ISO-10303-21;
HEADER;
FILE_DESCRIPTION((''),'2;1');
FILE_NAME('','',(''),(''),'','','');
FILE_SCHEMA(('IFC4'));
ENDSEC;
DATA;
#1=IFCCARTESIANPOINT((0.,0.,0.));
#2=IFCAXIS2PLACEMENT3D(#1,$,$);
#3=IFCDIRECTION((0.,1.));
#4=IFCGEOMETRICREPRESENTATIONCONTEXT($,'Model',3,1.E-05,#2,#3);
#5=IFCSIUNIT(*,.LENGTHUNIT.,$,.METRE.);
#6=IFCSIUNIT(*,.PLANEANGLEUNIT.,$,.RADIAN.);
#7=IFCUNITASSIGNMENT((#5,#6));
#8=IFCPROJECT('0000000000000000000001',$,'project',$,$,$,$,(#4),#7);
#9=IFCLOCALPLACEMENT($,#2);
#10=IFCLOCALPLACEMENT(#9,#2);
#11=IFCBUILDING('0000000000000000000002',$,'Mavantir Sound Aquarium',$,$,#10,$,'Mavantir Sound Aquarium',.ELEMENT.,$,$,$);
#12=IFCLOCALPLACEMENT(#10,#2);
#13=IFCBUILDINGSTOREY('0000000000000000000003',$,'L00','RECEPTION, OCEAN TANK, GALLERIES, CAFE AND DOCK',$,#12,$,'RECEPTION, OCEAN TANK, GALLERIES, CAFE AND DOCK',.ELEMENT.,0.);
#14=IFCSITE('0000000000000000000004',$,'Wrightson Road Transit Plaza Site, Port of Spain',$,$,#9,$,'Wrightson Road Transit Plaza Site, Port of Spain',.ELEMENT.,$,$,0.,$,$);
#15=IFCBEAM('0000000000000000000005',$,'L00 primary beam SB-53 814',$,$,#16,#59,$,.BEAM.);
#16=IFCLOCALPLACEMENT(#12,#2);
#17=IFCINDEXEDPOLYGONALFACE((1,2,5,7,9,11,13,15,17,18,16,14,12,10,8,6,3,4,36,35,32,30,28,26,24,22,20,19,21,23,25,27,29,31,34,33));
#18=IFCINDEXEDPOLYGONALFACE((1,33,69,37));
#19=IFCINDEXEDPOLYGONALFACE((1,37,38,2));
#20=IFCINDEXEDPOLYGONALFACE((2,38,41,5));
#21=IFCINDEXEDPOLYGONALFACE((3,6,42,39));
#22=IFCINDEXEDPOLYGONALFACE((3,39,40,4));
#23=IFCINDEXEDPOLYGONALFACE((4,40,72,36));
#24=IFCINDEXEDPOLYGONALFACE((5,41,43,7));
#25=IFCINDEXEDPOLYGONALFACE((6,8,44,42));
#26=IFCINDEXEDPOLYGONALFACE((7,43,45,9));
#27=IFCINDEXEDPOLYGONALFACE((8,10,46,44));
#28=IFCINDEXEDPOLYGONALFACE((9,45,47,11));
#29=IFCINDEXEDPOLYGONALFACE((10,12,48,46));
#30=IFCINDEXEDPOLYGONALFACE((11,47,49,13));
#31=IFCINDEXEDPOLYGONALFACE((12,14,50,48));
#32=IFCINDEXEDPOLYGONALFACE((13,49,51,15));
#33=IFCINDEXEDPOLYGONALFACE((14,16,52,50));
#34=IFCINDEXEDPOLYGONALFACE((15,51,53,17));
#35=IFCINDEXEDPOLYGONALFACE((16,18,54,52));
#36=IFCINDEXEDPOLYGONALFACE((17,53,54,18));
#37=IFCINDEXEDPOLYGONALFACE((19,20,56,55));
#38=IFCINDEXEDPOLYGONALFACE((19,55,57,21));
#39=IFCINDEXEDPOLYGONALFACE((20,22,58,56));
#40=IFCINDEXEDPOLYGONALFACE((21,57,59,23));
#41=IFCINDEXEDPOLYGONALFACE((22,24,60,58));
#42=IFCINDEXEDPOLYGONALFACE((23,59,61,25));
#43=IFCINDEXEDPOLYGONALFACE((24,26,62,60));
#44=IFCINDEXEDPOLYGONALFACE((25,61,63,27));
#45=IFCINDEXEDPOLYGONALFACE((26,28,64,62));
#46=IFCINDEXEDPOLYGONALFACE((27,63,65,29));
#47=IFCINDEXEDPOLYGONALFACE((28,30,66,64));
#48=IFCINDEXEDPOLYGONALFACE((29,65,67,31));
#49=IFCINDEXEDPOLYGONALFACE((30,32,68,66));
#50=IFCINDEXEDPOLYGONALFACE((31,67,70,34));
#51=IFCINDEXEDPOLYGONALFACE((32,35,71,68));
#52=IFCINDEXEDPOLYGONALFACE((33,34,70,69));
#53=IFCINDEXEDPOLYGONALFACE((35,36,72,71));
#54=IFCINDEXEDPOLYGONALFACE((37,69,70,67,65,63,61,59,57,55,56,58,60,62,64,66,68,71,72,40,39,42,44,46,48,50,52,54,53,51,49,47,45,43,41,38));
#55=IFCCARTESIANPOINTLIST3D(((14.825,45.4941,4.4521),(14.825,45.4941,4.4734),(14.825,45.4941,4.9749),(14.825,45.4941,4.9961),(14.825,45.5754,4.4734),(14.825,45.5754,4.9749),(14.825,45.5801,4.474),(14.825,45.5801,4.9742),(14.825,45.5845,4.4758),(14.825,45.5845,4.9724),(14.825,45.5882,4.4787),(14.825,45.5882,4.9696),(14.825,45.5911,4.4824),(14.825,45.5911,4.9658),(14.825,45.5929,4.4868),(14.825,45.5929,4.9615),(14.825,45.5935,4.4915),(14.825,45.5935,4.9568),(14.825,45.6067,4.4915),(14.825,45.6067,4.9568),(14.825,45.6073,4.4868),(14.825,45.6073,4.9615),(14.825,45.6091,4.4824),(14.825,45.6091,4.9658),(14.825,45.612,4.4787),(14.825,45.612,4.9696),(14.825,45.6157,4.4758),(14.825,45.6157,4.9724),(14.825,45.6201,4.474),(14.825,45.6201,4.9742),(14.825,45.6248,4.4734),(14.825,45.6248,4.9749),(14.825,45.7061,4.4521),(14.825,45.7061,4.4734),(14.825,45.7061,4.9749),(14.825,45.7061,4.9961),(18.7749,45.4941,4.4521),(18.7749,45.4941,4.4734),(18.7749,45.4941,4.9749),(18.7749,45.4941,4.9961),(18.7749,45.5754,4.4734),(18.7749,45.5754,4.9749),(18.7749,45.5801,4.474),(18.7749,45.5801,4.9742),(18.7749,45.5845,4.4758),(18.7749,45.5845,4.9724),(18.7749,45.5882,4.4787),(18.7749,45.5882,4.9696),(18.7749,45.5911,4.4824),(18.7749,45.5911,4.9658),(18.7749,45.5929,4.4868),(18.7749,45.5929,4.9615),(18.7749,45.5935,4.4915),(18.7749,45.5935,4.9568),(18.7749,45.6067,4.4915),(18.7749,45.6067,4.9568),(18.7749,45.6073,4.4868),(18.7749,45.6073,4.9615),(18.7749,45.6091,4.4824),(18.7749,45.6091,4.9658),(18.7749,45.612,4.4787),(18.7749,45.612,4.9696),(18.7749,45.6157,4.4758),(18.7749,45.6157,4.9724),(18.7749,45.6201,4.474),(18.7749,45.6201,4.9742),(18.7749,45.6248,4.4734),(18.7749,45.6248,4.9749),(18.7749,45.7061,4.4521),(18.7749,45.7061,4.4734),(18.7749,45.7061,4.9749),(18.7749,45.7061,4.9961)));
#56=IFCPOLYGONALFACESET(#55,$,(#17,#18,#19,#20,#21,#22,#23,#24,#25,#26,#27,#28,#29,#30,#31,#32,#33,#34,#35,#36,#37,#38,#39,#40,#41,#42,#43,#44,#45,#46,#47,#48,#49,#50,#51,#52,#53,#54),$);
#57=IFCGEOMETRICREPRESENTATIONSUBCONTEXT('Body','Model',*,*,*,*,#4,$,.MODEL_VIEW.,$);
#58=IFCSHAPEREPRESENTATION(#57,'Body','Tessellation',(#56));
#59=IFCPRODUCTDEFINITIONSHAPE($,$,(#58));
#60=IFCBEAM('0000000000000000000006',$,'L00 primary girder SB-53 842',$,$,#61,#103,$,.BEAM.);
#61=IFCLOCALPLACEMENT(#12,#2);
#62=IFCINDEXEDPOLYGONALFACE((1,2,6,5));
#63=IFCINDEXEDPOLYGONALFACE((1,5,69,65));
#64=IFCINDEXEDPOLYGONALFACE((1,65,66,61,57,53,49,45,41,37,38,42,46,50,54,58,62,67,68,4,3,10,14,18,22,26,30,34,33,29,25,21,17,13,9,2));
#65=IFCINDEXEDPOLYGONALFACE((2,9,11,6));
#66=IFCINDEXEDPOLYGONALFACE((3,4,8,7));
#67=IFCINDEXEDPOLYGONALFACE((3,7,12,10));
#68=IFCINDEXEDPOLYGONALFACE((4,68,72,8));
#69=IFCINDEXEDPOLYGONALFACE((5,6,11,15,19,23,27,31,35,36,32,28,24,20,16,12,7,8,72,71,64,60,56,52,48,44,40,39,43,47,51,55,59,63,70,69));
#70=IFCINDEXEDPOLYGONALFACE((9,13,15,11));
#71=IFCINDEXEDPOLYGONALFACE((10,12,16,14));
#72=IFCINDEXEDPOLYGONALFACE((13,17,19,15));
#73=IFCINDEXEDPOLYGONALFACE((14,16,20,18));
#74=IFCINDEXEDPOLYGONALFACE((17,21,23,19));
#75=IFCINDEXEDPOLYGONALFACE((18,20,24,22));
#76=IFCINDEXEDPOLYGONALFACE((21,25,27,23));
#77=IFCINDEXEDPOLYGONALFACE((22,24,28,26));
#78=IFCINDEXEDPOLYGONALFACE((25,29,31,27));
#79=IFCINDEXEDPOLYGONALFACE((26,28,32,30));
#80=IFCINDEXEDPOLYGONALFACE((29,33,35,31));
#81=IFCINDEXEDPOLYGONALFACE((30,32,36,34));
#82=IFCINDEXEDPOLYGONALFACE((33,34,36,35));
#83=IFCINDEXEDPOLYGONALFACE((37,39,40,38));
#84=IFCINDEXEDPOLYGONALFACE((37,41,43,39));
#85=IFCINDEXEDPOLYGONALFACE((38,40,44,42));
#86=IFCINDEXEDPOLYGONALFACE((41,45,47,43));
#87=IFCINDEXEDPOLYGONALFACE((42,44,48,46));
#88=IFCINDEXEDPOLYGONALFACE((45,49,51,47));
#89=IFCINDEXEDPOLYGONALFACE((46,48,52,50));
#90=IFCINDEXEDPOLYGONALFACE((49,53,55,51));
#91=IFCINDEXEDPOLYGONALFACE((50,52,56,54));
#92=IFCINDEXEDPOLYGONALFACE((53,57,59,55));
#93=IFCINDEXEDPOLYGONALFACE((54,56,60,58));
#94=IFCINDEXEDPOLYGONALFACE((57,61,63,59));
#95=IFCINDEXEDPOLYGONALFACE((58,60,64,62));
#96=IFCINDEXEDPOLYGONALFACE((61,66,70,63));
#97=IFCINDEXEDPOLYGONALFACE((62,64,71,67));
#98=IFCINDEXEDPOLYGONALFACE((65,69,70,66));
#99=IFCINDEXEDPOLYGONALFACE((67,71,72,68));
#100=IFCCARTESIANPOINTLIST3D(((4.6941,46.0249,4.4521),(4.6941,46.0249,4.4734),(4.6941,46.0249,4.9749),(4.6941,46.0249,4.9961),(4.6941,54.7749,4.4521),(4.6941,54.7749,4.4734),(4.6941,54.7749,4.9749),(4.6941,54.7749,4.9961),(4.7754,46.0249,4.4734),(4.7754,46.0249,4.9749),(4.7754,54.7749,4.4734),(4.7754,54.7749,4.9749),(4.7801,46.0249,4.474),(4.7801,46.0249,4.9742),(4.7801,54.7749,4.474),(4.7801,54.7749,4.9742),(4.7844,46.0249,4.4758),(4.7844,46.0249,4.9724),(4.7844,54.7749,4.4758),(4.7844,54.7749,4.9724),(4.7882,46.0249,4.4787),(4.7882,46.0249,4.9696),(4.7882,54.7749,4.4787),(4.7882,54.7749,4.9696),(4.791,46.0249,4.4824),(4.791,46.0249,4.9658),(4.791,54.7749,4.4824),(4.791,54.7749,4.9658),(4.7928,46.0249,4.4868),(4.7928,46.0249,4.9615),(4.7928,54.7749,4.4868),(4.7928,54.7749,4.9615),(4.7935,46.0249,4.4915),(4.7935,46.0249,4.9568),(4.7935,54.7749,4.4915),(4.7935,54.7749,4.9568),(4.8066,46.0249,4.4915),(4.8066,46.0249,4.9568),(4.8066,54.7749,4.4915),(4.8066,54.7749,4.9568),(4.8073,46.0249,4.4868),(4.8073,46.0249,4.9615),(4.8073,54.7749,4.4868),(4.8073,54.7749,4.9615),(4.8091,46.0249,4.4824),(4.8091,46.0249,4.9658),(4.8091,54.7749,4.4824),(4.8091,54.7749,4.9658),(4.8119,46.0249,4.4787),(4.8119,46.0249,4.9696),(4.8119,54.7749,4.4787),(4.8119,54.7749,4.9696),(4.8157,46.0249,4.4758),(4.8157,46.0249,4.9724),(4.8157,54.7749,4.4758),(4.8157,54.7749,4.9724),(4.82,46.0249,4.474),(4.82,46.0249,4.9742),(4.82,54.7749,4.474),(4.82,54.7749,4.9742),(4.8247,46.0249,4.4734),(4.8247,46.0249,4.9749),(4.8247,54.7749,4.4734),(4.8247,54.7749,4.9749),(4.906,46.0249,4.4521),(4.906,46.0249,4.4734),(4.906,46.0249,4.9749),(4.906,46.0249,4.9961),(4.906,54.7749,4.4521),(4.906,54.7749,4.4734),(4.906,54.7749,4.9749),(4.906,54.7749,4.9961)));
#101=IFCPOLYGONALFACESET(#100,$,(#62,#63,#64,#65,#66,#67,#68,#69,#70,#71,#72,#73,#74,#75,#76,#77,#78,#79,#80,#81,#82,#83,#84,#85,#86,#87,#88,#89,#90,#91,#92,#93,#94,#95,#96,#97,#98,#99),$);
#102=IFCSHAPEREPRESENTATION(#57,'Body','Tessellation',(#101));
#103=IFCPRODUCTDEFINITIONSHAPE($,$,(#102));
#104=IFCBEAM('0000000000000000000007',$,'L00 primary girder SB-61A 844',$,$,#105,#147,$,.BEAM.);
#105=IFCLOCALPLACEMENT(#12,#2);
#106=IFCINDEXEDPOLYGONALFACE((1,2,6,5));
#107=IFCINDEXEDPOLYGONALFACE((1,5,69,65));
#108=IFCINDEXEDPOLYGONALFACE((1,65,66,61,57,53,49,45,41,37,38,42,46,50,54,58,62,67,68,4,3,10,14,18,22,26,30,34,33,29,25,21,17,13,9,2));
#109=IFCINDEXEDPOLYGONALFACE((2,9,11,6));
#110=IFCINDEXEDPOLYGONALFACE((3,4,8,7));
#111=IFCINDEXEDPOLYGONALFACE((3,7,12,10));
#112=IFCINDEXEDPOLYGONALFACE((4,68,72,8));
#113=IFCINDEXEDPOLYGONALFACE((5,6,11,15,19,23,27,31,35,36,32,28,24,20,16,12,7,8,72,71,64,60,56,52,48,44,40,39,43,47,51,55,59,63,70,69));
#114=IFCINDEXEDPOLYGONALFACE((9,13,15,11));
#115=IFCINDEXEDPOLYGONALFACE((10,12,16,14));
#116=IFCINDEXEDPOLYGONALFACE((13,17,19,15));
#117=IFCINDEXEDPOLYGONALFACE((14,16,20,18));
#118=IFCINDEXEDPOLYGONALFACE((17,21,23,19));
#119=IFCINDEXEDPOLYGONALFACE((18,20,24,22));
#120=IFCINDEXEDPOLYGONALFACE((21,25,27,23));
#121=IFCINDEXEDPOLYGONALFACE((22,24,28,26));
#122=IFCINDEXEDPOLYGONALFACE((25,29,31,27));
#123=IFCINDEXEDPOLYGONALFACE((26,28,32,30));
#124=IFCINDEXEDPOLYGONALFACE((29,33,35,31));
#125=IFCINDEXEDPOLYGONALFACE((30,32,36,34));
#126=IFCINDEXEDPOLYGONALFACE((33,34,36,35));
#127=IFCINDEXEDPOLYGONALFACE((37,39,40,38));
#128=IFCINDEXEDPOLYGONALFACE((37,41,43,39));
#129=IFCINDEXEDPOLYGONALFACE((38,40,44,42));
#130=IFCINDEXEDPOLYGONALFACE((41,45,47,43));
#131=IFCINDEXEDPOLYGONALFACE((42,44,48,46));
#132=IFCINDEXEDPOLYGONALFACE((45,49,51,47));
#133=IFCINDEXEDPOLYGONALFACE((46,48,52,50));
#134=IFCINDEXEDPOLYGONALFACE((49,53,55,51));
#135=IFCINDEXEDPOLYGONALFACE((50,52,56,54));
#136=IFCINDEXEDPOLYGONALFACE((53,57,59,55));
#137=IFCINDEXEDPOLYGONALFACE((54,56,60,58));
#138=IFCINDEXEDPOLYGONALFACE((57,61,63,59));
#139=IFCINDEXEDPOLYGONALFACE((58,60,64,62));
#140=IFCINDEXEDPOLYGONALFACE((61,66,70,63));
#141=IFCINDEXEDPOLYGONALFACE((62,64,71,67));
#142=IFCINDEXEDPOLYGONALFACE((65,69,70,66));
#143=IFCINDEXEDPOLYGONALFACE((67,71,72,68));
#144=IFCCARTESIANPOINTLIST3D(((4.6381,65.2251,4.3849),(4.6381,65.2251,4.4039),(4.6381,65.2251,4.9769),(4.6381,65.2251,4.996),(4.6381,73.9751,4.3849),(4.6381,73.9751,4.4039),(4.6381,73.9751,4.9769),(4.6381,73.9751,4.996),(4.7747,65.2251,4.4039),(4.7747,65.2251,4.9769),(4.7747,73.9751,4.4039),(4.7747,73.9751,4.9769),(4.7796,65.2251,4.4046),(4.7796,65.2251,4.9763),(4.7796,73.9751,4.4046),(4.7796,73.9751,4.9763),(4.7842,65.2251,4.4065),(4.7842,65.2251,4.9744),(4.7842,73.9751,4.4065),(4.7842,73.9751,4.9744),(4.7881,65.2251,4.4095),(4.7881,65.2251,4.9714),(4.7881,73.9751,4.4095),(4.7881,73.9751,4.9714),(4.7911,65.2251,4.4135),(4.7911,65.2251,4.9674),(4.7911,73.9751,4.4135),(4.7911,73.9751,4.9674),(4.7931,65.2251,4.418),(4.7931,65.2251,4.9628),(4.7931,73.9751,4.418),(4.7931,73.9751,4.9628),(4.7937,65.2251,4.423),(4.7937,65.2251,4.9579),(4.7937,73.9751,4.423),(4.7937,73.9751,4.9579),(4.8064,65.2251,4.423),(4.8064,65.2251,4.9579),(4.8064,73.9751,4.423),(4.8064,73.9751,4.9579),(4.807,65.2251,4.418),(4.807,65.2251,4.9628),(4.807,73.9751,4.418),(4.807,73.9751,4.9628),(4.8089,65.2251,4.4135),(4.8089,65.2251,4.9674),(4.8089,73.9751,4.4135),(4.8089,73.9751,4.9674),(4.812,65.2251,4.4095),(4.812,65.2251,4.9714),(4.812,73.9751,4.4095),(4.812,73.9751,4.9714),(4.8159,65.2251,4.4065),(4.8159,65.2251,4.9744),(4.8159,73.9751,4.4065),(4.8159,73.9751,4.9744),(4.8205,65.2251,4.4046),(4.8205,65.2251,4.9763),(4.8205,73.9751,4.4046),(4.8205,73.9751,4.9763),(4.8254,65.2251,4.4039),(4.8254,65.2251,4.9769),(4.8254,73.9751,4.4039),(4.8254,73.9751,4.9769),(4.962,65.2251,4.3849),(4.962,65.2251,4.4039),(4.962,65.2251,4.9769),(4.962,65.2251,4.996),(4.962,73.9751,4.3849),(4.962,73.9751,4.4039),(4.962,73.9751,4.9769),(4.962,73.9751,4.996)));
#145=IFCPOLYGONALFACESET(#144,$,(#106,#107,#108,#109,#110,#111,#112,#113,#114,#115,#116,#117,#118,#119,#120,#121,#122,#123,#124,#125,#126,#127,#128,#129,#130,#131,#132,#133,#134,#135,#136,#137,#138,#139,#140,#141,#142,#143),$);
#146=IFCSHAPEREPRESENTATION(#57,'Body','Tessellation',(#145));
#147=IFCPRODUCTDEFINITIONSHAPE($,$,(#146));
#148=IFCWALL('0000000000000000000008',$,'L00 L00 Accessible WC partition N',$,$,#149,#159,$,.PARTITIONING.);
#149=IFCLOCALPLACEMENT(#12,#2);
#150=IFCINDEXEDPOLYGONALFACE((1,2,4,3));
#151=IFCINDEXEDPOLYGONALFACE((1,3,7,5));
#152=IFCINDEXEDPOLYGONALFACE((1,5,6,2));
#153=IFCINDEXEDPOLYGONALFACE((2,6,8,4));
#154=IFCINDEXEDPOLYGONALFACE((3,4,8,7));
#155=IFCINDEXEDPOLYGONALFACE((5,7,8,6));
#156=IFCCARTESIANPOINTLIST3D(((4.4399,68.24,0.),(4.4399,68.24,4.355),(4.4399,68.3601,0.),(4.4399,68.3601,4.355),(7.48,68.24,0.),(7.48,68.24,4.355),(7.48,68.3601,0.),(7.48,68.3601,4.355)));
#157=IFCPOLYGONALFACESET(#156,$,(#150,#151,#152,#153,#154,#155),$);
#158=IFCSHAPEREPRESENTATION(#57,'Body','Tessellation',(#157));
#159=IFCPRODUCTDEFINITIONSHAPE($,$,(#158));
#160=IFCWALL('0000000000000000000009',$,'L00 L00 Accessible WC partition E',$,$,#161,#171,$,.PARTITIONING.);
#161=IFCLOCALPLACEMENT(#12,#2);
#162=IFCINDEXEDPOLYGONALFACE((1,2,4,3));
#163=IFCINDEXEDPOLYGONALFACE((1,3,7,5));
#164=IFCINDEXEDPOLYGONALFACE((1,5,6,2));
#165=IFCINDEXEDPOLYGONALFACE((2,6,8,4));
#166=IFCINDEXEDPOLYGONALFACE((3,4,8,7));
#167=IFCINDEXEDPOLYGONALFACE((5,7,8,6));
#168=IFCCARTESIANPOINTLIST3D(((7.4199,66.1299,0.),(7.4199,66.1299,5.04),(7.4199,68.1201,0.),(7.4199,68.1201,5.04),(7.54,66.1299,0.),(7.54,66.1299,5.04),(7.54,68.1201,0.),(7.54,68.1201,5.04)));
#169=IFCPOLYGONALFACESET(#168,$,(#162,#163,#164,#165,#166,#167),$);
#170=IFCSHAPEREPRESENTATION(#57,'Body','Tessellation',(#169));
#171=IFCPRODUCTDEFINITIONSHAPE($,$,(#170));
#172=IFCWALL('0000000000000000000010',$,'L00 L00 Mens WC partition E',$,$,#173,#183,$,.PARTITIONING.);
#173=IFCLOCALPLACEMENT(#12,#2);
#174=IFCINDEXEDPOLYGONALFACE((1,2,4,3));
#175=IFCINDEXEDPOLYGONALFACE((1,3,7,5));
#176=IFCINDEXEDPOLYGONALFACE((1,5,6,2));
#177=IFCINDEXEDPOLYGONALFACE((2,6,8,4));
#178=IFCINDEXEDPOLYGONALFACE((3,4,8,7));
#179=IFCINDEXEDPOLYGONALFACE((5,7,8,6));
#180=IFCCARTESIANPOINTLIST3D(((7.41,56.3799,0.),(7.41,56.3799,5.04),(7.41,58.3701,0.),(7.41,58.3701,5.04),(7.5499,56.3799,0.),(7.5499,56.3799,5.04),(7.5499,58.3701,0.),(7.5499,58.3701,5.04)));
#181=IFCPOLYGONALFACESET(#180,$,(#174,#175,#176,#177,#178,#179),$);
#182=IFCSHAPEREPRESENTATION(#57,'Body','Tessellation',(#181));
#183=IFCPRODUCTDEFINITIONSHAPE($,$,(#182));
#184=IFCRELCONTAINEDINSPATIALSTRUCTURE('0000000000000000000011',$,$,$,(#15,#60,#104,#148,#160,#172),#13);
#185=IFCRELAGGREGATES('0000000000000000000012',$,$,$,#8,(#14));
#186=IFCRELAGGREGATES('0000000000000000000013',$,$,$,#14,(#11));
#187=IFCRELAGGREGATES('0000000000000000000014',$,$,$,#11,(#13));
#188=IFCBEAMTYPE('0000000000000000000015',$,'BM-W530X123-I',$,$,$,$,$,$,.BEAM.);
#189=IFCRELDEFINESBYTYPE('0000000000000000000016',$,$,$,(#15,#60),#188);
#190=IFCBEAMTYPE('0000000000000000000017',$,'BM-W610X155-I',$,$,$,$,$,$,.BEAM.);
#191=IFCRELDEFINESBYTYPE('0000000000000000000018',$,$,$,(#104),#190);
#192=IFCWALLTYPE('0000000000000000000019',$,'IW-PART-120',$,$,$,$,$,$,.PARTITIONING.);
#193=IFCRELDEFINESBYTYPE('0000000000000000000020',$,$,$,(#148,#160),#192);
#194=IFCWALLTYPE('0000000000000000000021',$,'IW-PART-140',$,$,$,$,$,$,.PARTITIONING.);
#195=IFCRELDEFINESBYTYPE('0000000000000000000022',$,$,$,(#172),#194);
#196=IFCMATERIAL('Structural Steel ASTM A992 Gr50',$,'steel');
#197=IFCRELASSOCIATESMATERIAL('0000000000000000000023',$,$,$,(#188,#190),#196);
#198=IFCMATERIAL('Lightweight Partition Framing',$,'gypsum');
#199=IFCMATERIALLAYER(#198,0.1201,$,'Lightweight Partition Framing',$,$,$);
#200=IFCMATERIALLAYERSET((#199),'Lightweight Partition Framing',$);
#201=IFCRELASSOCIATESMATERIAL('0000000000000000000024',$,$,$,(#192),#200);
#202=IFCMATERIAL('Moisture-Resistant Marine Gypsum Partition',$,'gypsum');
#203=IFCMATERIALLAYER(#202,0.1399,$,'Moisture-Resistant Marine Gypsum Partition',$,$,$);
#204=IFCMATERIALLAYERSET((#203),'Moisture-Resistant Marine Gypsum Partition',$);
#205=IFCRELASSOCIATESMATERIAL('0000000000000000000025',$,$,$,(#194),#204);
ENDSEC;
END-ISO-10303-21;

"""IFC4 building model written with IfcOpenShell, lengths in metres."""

from ifc_helpers import new_model, si_unit, direction, frame, frame_2d, origin, origin_2d, place, context, subcontext, project, spatial, rectangle, i_section, extrude, material, layer, layer_set, material_profile, profile_set, type_object, element, save


model = new_model("IFC4")

# Units and contexts
model_context = context("Model", 3, precision=1e-05, world=origin(), true_north=direction((0.0, 1.0)))
body_context = subcontext(model_context, "Body", "Model", "MODEL_VIEW")
ifc_project = project(units=[si_unit("LENGTHUNIT", "METRE"), si_unit("PLANEANGLEUNIT", "RADIAN")], contexts=[model_context])

# Site, building, storey
site_placement = place(None, origin())
site = spatial("IfcSite", under=ifc_project, at=site_placement, Name="Wrightson Road Transit Plaza Site, Port of Spain", LongName="Wrightson Road Transit Plaza Site, Port of Spain", CompositionType="ELEMENT", RefElevation=0.0)
building_placement = place(site_placement, origin())
building = spatial("IfcBuilding", under=site, at=building_placement, Name="Mavantir Sound Aquarium", LongName="Mavantir Sound Aquarium", CompositionType="ELEMENT")
storey_placement = place(building_placement, origin())
storey = spatial("IfcBuildingStorey", under=building, at=storey_placement, Name="L00", Description="RECEPTION, OCEAN TANK, GALLERIES, CAFE AND DOCK", LongName="RECEPTION, OCEAN TANK, GALLERIES, CAFE AND DOCK", CompositionType="ELEMENT", Elevation=0.0)

# Beams
ifc_material_1 = material(Name="Structural Steel ASTM A992 Gr50", Category="steel")
ifc_material_profile_1 = material_profile(ifc_material_1, i_section(OverallWidth=0.2119, OverallDepth=0.5439, WebThickness=0.0132, FlangeThickness=0.0212, FilletRadius=0.0181, at=origin_2d()), Name="W530X123")
ifc_profile_set_1 = profile_set([ifc_material_profile_1], Name="Structural Steel ASTM A992 Gr50")
beam_type_1 = type_object("IfcBeamType", Name="BM-W530X123-I", PredefinedType="BEAM", material=ifc_profile_set_1)
beam_1_placement = place(storey_placement, frame((14.825, 45.6001, 4.7241), z_axis=(1.0, 0.0, 0.0), x_axis=(0.0, 1.0, 0.0)))
element("IfcBeam", 1, at=beam_1_placement, inside=storey, type_object=beam_type_1, Name="L00 primary beam SB-53 814", PredefinedType="BEAM", context=body_context, shape_type="SweptSolid", body=[
    extrude(i_section(OverallWidth=0.2119, OverallDepth=0.5439, WebThickness=0.0132, FlangeThickness=0.0212, FilletRadius=0.0181, at=origin_2d()), origin(), (0.0, 0.0, 1.0), 3.95),
])
beam_2_placement = place(storey_placement, frame((4.8, 46.0249, 4.7241), z_axis=(0.0, 1.0, 0.0), x_axis=(-1.0, 0.0, 0.0)))
element("IfcBeam", 2, at=beam_2_placement, inside=storey, type_object=beam_type_1, Name="L00 primary girder SB-53 842", PredefinedType="BEAM", context=body_context, shape_type="SweptSolid", body=[
    extrude(i_section(OverallWidth=0.2119, OverallDepth=0.5439, WebThickness=0.0132, FlangeThickness=0.0212, FilletRadius=0.0181, at=origin_2d()), origin(), (0.0, 0.0, 1.0), 8.75),
])
ifc_material_profile_2 = material_profile(ifc_material_1, i_section(OverallWidth=0.324, OverallDepth=0.6111, WebThickness=0.0127, FlangeThickness=0.019, FilletRadius=0.019, at=origin_2d()), Name="W610X155")
ifc_profile_set_2 = profile_set([ifc_material_profile_2], Name="Structural Steel ASTM A992 Gr50")
beam_type_2 = type_object("IfcBeamType", Name="BM-W610X155-I", PredefinedType="BEAM", material=ifc_profile_set_2)
beam_3_placement = place(storey_placement, frame((4.8, 65.2251, 4.6904), z_axis=(0.0, 1.0, 0.0), x_axis=(-1.0, 0.0, 0.0)))
element("IfcBeam", 3, at=beam_3_placement, inside=storey, type_object=beam_type_2, Name="L00 primary girder SB-61A 844", PredefinedType="BEAM", context=body_context, shape_type="SweptSolid", body=[
    extrude(i_section(OverallWidth=0.324, OverallDepth=0.6111, WebThickness=0.0127, FlangeThickness=0.019, FilletRadius=0.019, at=origin_2d()), origin(), (0.0, 0.0, 1.0), 8.75),
])

# Wall
ifc_material_2 = material(Name="Lightweight Partition Framing", Category="gypsum")
ifc_layer_1 = layer(ifc_material_2, 0.1201, Name="Lightweight Partition Framing")
ifc_layer_set_1 = layer_set([ifc_layer_1], Name="Lightweight Partition Framing")
wall_type_1 = type_object("IfcWallType", Name="IW-PART-120", PredefinedType="PARTITIONING", material=ifc_layer_set_1)
wall_1_placement = place(storey_placement, frame((4.4399, 68.3, 0.0), z_axis=(0.0, 0.0, 1.0), x_axis=(1.0, 0.0, 0.0)))
element("IfcWall", 4, at=wall_1_placement, inside=storey, type_object=wall_type_1, Name="L00 L00 Accessible WC partition N", PredefinedType="PARTITIONING", context=body_context, shape_type="SweptSolid", body=[
    extrude(rectangle(XDim=3.04, YDim=0.1201, at=frame_2d((1.52, 0.0))), origin(), (0.0, 0.0, 1.0), 4.355),
])

# Walls
wall_2_placement = place(storey_placement, frame((7.48, 66.1299, 0.0), z_axis=(0.0, 0.0, 1.0), x_axis=(0.0, 1.0, 0.0)))
element("IfcWall", 5, at=wall_2_placement, inside=storey, type_object=wall_type_1, Name="L00 L00 Accessible WC partition E", PredefinedType="PARTITIONING", context=body_context, shape_type="SweptSolid", body=[
    extrude(rectangle(XDim=1.9902, YDim=0.1201, at=frame_2d((0.9951, 0.0))), origin(), (0.0, 0.0, 1.0), 5.04),
])
ifc_material_3 = material(Name="Moisture-Resistant Marine Gypsum Partition", Category="gypsum")
ifc_layer_2 = layer(ifc_material_3, 0.1399, Name="Moisture-Resistant Marine Gypsum Partition")
ifc_layer_set_2 = layer_set([ifc_layer_2], Name="Moisture-Resistant Marine Gypsum Partition")
wall_type_2 = type_object("IfcWallType", Name="IW-PART-140", PredefinedType="PARTITIONING", material=ifc_layer_set_2)
wall_3_placement = place(storey_placement, frame((7.48, 56.3799, 0.0), z_axis=(0.0, 0.0, 1.0), x_axis=(0.0, 1.0, 0.0)))
element("IfcWall", 6, at=wall_3_placement, inside=storey, type_object=wall_type_2, Name="L00 L00 Mens WC partition E", PredefinedType="PARTITIONING", context=body_context, shape_type="SweptSolid", body=[
    extrude(rectangle(XDim=1.9902, YDim=0.1399, at=frame_2d((0.9951, 0.0))), origin(), (0.0, 0.0, 1.0), 5.04),
])

save(model, "model.ifc")
